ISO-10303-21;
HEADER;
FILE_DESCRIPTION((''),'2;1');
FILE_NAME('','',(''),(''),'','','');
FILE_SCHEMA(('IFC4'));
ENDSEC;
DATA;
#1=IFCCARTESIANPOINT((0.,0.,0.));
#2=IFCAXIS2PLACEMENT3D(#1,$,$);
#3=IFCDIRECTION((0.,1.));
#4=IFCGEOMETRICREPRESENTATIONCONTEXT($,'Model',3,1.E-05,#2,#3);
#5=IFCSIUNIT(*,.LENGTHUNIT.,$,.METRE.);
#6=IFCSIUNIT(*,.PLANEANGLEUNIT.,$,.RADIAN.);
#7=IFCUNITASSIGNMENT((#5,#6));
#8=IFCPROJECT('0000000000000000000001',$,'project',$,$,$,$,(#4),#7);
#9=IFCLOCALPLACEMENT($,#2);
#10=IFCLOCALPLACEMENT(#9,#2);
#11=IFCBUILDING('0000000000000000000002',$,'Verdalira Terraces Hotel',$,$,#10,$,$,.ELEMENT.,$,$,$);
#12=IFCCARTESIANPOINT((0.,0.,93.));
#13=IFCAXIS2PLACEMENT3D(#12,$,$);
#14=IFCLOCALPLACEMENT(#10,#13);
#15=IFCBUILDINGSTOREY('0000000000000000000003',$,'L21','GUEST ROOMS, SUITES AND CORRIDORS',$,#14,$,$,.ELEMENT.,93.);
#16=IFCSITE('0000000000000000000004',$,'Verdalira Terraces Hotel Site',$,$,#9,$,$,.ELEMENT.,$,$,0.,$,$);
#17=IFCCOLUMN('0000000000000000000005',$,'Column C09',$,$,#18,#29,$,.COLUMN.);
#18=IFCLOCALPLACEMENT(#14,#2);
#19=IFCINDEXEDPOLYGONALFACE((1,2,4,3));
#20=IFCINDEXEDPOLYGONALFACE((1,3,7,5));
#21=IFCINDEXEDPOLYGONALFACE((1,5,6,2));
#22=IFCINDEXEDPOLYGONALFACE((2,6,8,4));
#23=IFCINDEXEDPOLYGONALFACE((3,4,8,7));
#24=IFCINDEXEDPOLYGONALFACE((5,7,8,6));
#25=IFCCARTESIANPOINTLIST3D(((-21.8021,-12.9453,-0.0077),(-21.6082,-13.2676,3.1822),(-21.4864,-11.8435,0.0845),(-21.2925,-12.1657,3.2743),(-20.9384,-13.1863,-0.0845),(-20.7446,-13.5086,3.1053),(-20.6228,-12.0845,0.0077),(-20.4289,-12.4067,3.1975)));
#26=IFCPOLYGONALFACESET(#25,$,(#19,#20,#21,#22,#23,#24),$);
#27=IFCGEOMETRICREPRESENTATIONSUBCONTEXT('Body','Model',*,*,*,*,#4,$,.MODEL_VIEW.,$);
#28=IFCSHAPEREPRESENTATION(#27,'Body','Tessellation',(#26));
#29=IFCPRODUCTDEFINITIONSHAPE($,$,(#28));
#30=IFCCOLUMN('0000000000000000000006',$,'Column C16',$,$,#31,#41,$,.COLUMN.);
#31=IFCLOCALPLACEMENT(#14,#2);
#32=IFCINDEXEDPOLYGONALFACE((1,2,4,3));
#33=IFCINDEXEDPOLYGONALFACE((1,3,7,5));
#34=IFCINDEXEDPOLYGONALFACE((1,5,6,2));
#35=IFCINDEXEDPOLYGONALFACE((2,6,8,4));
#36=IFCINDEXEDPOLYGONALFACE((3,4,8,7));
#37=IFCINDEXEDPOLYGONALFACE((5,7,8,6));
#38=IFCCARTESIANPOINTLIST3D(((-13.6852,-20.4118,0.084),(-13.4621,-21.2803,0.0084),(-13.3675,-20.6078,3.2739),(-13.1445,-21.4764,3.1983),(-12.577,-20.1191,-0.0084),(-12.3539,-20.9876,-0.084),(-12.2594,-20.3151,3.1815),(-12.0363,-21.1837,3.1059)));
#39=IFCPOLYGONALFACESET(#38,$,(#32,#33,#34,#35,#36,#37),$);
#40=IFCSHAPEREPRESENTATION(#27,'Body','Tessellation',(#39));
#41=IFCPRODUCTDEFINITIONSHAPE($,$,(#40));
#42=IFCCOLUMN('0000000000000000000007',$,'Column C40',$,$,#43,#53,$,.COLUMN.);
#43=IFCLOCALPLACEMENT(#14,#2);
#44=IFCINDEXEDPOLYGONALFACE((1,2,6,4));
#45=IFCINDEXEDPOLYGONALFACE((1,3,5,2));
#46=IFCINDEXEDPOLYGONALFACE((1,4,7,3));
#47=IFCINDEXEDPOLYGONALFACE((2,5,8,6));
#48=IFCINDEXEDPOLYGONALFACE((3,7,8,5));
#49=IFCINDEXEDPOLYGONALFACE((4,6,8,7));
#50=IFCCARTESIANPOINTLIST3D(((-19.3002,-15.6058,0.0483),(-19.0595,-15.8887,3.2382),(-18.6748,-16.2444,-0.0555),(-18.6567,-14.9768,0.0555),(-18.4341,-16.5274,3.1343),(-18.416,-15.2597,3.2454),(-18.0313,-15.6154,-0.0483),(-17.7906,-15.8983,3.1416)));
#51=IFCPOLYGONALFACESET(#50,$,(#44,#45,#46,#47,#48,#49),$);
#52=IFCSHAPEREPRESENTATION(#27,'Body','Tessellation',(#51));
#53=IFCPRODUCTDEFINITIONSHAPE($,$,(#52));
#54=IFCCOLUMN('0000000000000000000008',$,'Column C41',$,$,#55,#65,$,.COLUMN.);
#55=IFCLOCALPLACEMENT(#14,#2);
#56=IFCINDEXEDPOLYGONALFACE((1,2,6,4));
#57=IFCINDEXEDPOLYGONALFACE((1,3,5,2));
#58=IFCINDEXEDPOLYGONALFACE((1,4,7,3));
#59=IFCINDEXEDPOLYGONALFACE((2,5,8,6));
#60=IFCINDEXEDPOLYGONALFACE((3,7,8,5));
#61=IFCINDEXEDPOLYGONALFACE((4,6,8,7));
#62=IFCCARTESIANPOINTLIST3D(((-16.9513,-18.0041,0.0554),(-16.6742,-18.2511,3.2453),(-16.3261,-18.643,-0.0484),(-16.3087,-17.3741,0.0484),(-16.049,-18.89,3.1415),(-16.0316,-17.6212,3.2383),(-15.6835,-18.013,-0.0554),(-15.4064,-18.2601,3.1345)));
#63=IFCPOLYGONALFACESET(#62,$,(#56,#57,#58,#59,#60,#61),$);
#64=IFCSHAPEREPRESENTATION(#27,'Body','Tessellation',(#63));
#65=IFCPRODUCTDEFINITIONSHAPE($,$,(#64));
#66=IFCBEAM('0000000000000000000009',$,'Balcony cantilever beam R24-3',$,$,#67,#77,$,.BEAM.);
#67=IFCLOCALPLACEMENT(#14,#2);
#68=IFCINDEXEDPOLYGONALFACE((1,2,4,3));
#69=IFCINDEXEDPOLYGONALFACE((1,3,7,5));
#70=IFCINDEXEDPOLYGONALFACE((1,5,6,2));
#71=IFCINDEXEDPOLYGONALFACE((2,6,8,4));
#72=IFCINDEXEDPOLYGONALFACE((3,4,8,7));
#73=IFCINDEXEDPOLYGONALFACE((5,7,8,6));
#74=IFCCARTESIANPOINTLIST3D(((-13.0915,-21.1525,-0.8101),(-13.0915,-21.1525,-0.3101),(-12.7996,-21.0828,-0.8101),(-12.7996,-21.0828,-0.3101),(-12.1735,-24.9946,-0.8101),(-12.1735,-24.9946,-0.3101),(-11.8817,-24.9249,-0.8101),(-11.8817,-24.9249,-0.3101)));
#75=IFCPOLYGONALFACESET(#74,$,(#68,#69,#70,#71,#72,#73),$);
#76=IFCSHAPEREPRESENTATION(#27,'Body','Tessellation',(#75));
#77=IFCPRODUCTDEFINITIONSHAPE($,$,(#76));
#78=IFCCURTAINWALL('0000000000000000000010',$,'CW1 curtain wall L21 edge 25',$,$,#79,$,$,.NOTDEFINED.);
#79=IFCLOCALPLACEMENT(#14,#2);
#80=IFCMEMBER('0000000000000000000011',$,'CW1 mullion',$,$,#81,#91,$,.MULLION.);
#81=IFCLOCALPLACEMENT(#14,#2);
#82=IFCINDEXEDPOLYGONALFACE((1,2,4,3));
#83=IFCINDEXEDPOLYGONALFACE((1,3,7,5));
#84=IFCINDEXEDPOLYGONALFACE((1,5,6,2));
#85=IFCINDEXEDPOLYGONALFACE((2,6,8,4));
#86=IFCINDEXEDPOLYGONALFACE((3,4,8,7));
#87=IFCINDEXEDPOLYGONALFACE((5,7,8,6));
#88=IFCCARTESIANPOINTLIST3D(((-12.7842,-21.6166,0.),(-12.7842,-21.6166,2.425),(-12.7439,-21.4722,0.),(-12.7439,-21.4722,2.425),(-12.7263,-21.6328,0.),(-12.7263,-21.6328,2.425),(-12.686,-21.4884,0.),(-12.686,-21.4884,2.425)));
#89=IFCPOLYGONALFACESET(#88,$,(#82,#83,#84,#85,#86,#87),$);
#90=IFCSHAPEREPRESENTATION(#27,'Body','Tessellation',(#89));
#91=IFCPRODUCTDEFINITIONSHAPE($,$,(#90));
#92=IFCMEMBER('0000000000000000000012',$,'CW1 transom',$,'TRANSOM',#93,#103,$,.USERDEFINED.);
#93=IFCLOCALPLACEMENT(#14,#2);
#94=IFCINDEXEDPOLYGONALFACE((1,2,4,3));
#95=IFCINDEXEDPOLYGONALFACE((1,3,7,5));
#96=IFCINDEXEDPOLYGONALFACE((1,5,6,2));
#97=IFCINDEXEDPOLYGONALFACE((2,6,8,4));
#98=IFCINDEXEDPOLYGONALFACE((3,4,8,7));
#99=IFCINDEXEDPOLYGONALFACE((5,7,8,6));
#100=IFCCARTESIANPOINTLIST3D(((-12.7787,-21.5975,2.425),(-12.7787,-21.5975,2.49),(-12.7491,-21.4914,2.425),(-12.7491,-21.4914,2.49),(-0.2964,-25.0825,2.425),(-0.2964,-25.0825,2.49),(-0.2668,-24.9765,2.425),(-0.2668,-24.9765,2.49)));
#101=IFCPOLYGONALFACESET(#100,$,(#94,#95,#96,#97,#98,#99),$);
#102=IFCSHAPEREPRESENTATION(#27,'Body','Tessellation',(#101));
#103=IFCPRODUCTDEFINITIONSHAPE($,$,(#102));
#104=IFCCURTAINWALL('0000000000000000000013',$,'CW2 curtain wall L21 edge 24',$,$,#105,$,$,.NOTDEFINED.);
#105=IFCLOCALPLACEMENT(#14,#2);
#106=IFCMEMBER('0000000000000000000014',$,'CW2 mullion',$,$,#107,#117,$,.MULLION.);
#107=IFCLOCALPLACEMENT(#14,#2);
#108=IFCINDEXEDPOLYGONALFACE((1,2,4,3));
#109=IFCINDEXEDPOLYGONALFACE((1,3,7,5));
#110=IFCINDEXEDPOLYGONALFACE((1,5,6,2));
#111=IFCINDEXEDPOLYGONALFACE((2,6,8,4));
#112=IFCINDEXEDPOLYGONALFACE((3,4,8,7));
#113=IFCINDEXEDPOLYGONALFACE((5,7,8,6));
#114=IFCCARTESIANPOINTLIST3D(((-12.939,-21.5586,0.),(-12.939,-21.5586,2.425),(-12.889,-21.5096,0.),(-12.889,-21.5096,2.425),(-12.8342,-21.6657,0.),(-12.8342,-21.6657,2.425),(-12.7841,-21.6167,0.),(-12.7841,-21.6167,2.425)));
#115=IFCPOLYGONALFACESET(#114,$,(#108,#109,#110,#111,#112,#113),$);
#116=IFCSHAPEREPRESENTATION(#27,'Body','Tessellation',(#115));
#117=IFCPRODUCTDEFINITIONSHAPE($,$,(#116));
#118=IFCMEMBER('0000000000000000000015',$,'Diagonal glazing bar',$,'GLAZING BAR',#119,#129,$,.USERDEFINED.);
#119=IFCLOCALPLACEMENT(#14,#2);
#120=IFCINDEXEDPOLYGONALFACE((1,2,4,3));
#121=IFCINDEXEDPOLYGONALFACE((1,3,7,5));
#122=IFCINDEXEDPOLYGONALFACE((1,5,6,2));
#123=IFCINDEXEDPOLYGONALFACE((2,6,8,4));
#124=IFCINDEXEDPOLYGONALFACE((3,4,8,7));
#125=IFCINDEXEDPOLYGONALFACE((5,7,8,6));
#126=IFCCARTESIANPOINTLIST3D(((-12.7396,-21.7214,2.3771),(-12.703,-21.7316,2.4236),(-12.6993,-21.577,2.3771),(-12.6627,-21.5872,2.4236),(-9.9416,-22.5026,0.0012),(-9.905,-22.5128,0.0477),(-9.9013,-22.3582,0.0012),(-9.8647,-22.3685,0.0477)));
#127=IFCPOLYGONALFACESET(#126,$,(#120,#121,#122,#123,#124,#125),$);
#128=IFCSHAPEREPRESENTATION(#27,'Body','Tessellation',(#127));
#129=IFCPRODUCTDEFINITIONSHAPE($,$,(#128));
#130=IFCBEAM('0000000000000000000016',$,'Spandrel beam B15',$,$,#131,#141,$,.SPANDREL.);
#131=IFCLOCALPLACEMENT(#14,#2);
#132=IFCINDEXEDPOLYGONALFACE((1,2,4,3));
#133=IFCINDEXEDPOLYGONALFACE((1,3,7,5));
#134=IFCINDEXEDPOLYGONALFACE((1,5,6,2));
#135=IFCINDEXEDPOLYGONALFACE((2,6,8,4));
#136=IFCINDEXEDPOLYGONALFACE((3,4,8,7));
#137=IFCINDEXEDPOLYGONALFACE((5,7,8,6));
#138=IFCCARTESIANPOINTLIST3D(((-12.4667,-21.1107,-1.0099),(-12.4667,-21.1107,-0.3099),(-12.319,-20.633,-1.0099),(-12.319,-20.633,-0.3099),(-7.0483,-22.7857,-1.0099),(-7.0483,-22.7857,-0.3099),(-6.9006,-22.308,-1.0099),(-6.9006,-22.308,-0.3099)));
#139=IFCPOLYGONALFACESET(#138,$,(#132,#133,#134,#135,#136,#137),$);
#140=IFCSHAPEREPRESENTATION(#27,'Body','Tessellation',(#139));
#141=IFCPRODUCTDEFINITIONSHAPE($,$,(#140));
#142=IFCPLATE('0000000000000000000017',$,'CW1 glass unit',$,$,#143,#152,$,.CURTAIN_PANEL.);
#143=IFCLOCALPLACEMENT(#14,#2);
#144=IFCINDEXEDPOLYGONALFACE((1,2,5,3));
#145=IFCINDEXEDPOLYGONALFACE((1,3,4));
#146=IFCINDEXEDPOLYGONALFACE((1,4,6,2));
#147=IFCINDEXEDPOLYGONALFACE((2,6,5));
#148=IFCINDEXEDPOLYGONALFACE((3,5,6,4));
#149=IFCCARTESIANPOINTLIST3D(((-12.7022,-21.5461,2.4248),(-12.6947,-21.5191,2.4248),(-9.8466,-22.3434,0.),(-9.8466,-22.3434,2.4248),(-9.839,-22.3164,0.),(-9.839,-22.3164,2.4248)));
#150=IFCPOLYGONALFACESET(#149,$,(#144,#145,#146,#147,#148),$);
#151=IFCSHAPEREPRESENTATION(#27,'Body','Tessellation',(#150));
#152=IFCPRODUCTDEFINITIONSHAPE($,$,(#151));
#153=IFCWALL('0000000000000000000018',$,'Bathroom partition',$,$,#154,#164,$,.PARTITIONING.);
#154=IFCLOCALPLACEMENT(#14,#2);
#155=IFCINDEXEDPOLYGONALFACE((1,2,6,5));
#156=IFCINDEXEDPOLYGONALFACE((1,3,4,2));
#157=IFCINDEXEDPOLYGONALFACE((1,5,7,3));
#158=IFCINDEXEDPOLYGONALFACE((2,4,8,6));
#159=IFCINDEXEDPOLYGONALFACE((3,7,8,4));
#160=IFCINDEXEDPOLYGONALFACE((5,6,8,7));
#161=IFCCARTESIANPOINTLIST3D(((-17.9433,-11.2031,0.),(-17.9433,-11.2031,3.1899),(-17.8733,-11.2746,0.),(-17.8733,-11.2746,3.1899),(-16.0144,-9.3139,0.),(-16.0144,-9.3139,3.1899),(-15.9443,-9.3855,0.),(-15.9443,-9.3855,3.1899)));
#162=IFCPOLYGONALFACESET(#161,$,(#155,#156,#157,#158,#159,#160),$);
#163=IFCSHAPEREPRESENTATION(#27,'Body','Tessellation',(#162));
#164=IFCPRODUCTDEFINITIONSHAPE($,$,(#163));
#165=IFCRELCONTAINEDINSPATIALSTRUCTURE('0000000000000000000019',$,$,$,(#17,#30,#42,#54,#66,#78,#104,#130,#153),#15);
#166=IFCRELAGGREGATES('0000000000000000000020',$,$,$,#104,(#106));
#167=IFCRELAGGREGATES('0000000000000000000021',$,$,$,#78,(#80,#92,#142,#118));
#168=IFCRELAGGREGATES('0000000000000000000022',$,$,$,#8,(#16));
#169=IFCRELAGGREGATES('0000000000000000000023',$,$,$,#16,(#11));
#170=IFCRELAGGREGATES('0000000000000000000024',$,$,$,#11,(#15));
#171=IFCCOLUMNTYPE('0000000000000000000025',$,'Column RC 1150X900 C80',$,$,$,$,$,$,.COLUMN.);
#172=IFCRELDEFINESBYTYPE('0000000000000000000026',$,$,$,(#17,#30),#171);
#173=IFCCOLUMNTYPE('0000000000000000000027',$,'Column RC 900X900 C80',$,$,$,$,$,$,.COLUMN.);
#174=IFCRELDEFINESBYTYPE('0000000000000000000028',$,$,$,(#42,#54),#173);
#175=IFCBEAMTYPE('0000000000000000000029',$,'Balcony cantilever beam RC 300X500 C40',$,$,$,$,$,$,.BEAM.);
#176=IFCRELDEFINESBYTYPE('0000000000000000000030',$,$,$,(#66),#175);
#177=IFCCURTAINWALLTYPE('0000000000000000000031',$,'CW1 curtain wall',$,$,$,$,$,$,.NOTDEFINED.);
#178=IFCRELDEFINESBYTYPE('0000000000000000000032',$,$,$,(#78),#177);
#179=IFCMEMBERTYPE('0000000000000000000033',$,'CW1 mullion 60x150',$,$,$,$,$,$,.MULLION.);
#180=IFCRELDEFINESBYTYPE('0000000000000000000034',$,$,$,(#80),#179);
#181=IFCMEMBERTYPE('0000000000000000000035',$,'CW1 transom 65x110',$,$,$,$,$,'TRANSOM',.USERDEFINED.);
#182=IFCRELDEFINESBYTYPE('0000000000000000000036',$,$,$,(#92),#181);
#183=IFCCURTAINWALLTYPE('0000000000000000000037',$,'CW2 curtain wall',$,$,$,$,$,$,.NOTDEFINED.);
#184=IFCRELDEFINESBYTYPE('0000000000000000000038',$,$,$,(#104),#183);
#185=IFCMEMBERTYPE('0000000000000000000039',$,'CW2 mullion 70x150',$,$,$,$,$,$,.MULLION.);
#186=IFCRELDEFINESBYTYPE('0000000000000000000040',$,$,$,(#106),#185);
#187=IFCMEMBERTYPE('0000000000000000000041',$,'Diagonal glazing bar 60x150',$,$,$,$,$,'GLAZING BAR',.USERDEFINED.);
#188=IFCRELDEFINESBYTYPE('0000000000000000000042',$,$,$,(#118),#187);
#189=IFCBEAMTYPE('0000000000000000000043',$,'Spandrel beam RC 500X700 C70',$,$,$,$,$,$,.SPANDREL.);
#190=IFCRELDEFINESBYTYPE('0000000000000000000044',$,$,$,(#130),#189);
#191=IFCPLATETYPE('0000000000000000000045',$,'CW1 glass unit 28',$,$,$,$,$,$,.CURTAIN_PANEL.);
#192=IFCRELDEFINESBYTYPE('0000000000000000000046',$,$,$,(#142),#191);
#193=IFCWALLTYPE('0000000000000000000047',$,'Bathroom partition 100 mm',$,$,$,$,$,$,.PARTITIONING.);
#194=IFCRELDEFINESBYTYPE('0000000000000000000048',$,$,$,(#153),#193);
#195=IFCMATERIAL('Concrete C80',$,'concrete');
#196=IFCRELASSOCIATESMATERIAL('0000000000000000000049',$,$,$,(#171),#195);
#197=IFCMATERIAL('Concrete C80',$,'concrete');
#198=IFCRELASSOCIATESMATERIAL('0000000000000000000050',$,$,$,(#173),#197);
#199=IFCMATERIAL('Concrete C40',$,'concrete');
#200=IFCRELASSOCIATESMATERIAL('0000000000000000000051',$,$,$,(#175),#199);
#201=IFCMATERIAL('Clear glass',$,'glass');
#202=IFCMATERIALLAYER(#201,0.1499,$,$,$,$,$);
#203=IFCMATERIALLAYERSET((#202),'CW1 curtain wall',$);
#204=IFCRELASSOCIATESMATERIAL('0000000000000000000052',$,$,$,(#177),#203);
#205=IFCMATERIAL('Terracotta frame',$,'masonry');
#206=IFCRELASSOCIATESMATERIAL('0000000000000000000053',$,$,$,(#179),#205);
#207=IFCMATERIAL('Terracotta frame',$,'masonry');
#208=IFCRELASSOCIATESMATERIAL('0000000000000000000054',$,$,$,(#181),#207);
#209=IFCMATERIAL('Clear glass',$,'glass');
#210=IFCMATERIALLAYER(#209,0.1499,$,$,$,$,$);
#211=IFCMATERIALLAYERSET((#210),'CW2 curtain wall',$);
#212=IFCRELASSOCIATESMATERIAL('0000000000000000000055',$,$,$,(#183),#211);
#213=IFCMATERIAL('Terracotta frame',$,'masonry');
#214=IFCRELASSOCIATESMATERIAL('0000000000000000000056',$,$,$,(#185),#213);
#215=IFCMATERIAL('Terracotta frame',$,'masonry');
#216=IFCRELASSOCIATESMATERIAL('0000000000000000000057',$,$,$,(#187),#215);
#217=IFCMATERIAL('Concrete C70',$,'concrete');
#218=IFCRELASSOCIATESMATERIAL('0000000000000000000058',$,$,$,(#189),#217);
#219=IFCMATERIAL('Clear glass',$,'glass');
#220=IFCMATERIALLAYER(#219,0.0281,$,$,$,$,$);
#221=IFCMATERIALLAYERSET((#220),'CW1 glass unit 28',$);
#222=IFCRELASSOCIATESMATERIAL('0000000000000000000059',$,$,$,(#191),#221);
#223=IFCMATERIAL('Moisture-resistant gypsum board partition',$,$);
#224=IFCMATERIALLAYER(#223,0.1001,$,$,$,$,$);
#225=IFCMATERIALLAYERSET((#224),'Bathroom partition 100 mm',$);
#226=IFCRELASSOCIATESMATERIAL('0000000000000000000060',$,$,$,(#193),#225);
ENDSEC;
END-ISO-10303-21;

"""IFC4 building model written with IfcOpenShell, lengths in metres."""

from ifc_helpers import new_model, si_unit, direction, frame, frame_2d, origin, origin_2d, place, context, subcontext, project, spatial, polyline, rectangle, outline, extrude, material, layer, layer_set, material_profile, profile_set, type_object, element, aggregate, save


model = new_model("IFC4")

# Units and contexts
model_context = context("Model", 3, precision=1e-05, world=origin(), true_north=direction((0.0, 1.0)))
body_context = subcontext(model_context, "Body", "Model", "MODEL_VIEW")
ifc_project = project(units=[si_unit("LENGTHUNIT", "METRE"), si_unit("PLANEANGLEUNIT", "RADIAN")], contexts=[model_context])

# Site, building, storey
site_placement = place(None, origin())
site = spatial("IfcSite", under=ifc_project, at=site_placement, Name="Verdalira Terraces Hotel Site", CompositionType="ELEMENT", RefElevation=0.0)
building_placement = place(site_placement, origin())
building = spatial("IfcBuilding", under=site, at=building_placement, Name="Verdalira Terraces Hotel", CompositionType="ELEMENT")
storey_placement = place(building_placement, frame((0.0, 0.0, 93.0)))
storey = spatial("IfcBuildingStorey", under=building, at=storey_placement, Name="L21", Description="GUEST ROOMS, SUITES AND CORRIDORS", CompositionType="ELEMENT", Elevation=93.0)

# Columns
ifc_material_1 = material(Name="Concrete C80", Category="concrete")
ifc_material_profile_1 = material_profile(ifc_material_1, rectangle(XDim=1.1499, YDim=0.8999, at=origin_2d()), Name="RC 1150X900")
ifc_profile_set_1 = profile_set([ifc_material_profile_1], Name="Concrete C80")
column_type_1 = type_object("IfcColumnType", Name="Column RC 1150X900 C80", PredefinedType="COLUMN", material=ifc_profile_set_1)
column_1_placement = place(storey_placement, frame((-21.2124, -12.5149, 0.0), z_axis=(0.06035, -0.100331, 0.993122), x_axis=(0.274531, 0.958234, 0.080123)))
element("IfcColumn", 1, at=column_1_placement, inside=storey, type_object=column_type_1, Name="Column C09", PredefinedType="COLUMN", context=body_context, shape_type="SweptSolid", body=[
    extrude(rectangle(XDim=1.1499, YDim=0.8999, at=origin_2d()), origin(), (0.0, 0.0, 1.0), 3.2119),
])
column_2_placement = place(storey_placement, frame((-13.0195, -20.6997, 0.0), z_axis=(0.098897, -0.061041, 0.993224), x_axis=(-0.963724, -0.25453, 0.080317)))
element("IfcColumn", 2, at=column_2_placement, inside=storey, type_object=column_type_1, Name="Column C16", PredefinedType="COLUMN", context=body_context, shape_type="SweptSolid", body=[
    extrude(rectangle(XDim=1.1499, YDim=0.8999, at=origin_2d()), origin(), (0.0, 0.0, 1.0), 3.2117),
])
ifc_material_2 = material(Name="Concrete C80", Category="concrete")
ifc_material_profile_2 = material_profile(ifc_material_2, rectangle(XDim=0.8999, YDim=0.8999, at=origin_2d()), Name="RC 900X900")
ifc_profile_set_2 = profile_set([ifc_material_profile_2], Name="Concrete C80")
column_type_2 = type_object("IfcColumnType", Name="Column RC 900X900 C80", PredefinedType="COLUMN", material=ifc_profile_set_2)
for number, where, z_axis, x_axis, name in (
    (3, (-18.6658, -15.6106, 0.0), (0.074956, -0.088108, 0.993287), (-0.715073, -0.699004, -0.008043), "Column C40"),
    (4, (-16.3174, -18.0085, 0.0), (0.086284, -0.076934, 0.993296), (-0.714083, -0.700018, 0.007812), "Column C41"),
):
    element("IfcColumn", number, at=place(storey_placement, frame(where, z_axis=z_axis, x_axis=x_axis)), inside=storey, type_object=column_type_2, Name=name, PredefinedType="COLUMN", context=body_context, shape_type="SweptSolid", body=[
        extrude(rectangle(XDim=0.8999, YDim=0.8999, at=origin_2d()), origin(), (0.0, 0.0, 1.0), 3.2114),
    ])

# Beam
ifc_material_3 = material(Name="Concrete C40", Category="concrete")
ifc_material_profile_3 = material_profile(ifc_material_3, rectangle(XDim=0.3, YDim=0.5, at=origin_2d()), Name="RC 300X500")
ifc_profile_set_3 = profile_set([ifc_material_profile_3], Name="Concrete C40")
beam_type_1 = type_object("IfcBeamType", Name="Balcony cantilever beam RC 300X500 C40", PredefinedType="BEAM", material=ifc_profile_set_3)
beam_1_placement = place(storey_placement, frame((-12.9456, -21.1177, -0.5601), z_axis=(0.232386, -0.972624, 0.0), x_axis=(0.972624, 0.232386, 0.0)))
element("IfcBeam", 5, at=beam_1_placement, inside=storey, type_object=beam_type_1, Name="Balcony cantilever beam R24-3", PredefinedType="BEAM", context=body_context, shape_type="SweptSolid", body=[
    extrude(rectangle(XDim=0.3, YDim=0.5, at=origin_2d()), origin(), (0.0, 0.0, 1.0), 3.9502),
])

# Curtain wall, members
ifc_material_4 = material(Name="Clear glass", Category="glass")
ifc_layer_1 = layer(ifc_material_4, 0.1499)
ifc_layer_set_1 = layer_set([ifc_layer_1], Name="CW1 curtain wall")
curtain_wall_type_1 = type_object("IfcCurtainWallType", Name="CW1 curtain wall", PredefinedType="NOTDEFINED", material=ifc_layer_set_1)
curtain_wall_1_placement = place(storey_placement, origin())
curtain_wall_1 = element("IfcCurtainWall", 6, at=curtain_wall_1_placement, inside=storey, type_object=curtain_wall_type_1, Name="CW1 curtain wall L21 edge 25", PredefinedType="NOTDEFINED")
ifc_material_5 = material(Name="Terracotta frame", Category="masonry")
ifc_material_profile_4 = material_profile(ifc_material_5, rectangle(XDim=0.0601, YDim=0.1499, at=origin_2d()), Name="MU 60x150")
ifc_profile_set_4 = profile_set([ifc_material_profile_4], Name="Terracotta frame")
member_type_1 = type_object("IfcMemberType", Name="CW1 mullion 60x150", PredefinedType="MULLION", material=ifc_profile_set_4)
member_1_placement = place(storey_placement, frame((-12.7351, -21.5525, 0.0), z_axis=(0.0, 0.0, 1.0), x_axis=(0.963163, -0.26892, 0.0)))
member_1 = element("IfcMember", 7, at=member_1_placement, type_object=member_type_1, Name="CW1 mullion", PredefinedType="MULLION", context=body_context, shape_type="SweptSolid", body=[
    extrude(rectangle(XDim=0.0601, YDim=0.1499, at=origin_2d()), origin(), (0.0, 0.0, 1.0), 2.425),
])
ifc_material_6 = material(Name="Terracotta frame", Category="masonry")
ifc_material_profile_5 = material_profile(ifc_material_6, rectangle(XDim=0.1101, YDim=0.0649, at=origin_2d()), Name="TR 65x110")
ifc_profile_set_5 = profile_set([ifc_material_profile_5], Name="Terracotta frame")
member_type_2 = type_object("IfcMemberType", Name="CW1 transom 65x110", ElementType="TRANSOM", PredefinedType="USERDEFINED", material=ifc_profile_set_5)
member_2_placement = place(storey_placement, frame((-12.7639, -21.5444, 2.4575), z_axis=(0.963164, -0.268916, 0.0), x_axis=(0.268916, 0.963164, 0.0)))
member_2 = element("IfcMember", 8, at=member_2_placement, type_object=member_type_2, Name="CW1 transom", ObjectType="TRANSOM", PredefinedType="USERDEFINED", context=body_context, shape_type="SweptSolid", body=[
    extrude(rectangle(XDim=0.1101, YDim=0.0649, at=origin_2d()), origin(), (0.0, 0.0, 1.0), 12.9597),
])

# Curtain wall, member
ifc_material_7 = material(Name="Clear glass", Category="glass")
ifc_layer_2 = layer(ifc_material_7, 0.1499)
ifc_layer_set_2 = layer_set([ifc_layer_2], Name="CW2 curtain wall")
curtain_wall_type_2 = type_object("IfcCurtainWallType", Name="CW2 curtain wall", PredefinedType="NOTDEFINED", material=ifc_layer_set_2)
curtain_wall_2_placement = place(storey_placement, origin())
curtain_wall_2 = element("IfcCurtainWall", 9, at=curtain_wall_2_placement, inside=storey, type_object=curtain_wall_type_2, Name="CW2 curtain wall L21 edge 24", PredefinedType="NOTDEFINED")
ifc_material_8 = material(Name="Terracotta frame", Category="masonry")
ifc_material_profile_6 = material_profile(ifc_material_8, rectangle(XDim=0.0701, YDim=0.1499, at=origin_2d()), Name="MU 70x150")
ifc_profile_set_6 = profile_set([ifc_material_profile_6], Name="Terracotta frame")
member_type_3 = type_object("IfcMemberType", Name="CW2 mullion 70x150", PredefinedType="MULLION", material=ifc_profile_set_6)
member_3_placement = place(storey_placement, frame((-12.8616, -21.5876, 0.0), z_axis=(0.0, 0.0, 1.0), x_axis=(0.714473, 0.699663, 0.0)))
member_3 = element("IfcMember", 10, at=member_3_placement, type_object=member_type_3, Name="CW2 mullion", PredefinedType="MULLION", context=body_context, shape_type="SweptSolid", body=[
    extrude(rectangle(XDim=0.0701, YDim=0.1499, at=origin_2d()), origin(), (0.0, 0.0, 1.0), 2.425),
])
aggregate(curtain_wall_2, [member_3])

# Member
ifc_material_9 = material(Name="Terracotta frame", Category="masonry")
ifc_material_profile_7 = material_profile(ifc_material_9, rectangle(XDim=0.1499, YDim=0.0601, at=origin_2d()), Name="GB 60x150")
ifc_profile_set_7 = profile_set([ifc_material_profile_7], Name="Terracotta frame")
member_type_4 = type_object("IfcMemberType", Name="Diagonal glazing bar 60x150", ElementType="GLAZING BAR", PredefinedType="USERDEFINED", material=ifc_profile_set_7)
member_4_placement = place(storey_placement, frame((-12.7012, -21.6543, 2.4004), z_axis=(0.745564, -0.208167, -0.633088), x_axis=(0.268922, 0.963162, 0.0)))
member_4 = element("IfcMember", 11, at=member_4_placement, type_object=member_type_4, Name="Diagonal glazing bar", ObjectType="GLAZING BAR", PredefinedType="USERDEFINED", context=body_context, shape_type="SweptSolid", body=[
    extrude(rectangle(XDim=0.1499, YDim=0.0601, at=origin_2d()), origin(), (0.0, 0.0, 1.0), 3.7529),
])

# Beam
ifc_material_10 = material(Name="Concrete C70", Category="concrete")
ifc_material_profile_8 = material_profile(ifc_material_10, rectangle(XDim=0.5, YDim=0.7, at=origin_2d()), Name="RC 500X700")
ifc_profile_set_8 = profile_set([ifc_material_profile_8], Name="Concrete C70")
beam_type_2 = type_object("IfcBeamType", Name="Spandrel beam RC 500X700 C70", PredefinedType="SPANDREL", material=ifc_profile_set_8)
beam_2_placement = place(storey_placement, frame((-12.3928, -20.8718, -0.6599), z_axis=(0.95539, -0.295347, 0.0), x_axis=(0.295347, 0.95539, 0.0)))
element("IfcBeam", 12, at=beam_2_placement, inside=storey, type_object=beam_type_2, Name="Spandrel beam B15", PredefinedType="SPANDREL", context=body_context, shape_type="SweptSolid", body=[
    extrude(rectangle(XDim=0.5, YDim=0.7, at=origin_2d()), origin(), (0.0, 0.0, 1.0), 5.6714),
])

# Plate
ifc_material_11 = material(Name="Clear glass", Category="glass")
ifc_layer_3 = layer(ifc_material_11, 0.0281)
ifc_layer_set_3 = layer_set([ifc_layer_3], Name="CW1 glass unit 28")
plate_type = type_object("IfcPlateType", Name="CW1 glass unit 28", PredefinedType="CURTAIN_PANEL", material=ifc_layer_set_3)
plate_placement = place(storey_placement, frame((-11.2668, -21.9177, 1.2124), z_axis=(-0.26892, -0.963163, 0.0), x_axis=(0.963163, -0.26892, 0.0)))
plate = element("IfcPlate", 13, at=plate_placement, type_object=plate_type, Name="CW1 glass unit", PredefinedType="CURTAIN_PANEL", context=body_context, shape_type="SweptSolid", body=[
    extrude(outline(polyline([(1.4824, -1.2124), (1.4824, 1.2124), (-1.4824, 1.2124), (1.4824, -1.2124)])), origin(), (0.0, 0.0, 1.0), 0.0281),
])
aggregate(curtain_wall_1, [member_1, member_2, plate, member_4])

# Wall
ifc_material_12 = material(Name="Moisture-resistant gypsum board partition")
ifc_layer_4 = layer(ifc_material_12, 0.1001)
ifc_layer_set_4 = layer_set([ifc_layer_4], Name="Bathroom partition 100 mm")
wall_type_1 = type_object("IfcWallType", Name="Bathroom partition 100 mm", PredefinedType="PARTITIONING", material=ifc_layer_set_4)
wall_1_placement = place(storey_placement, frame((-15.9792, -9.3496, 0.0), z_axis=(0.0, 0.0, 1.0), x_axis=(-0.714438, -0.699699, 0.0)))
element("IfcWall", 14, at=wall_1_placement, inside=storey, type_object=wall_type_1, Name="Bathroom partition", PredefinedType="PARTITIONING", context=body_context, shape_type="SweptSolid", body=[
    extrude(rectangle(XDim=2.7, YDim=0.1001, at=frame_2d((1.3501, 0.0))), origin(), (0.0, 0.0, 1.0), 3.1899),
])

save(model, "model.ifc")
